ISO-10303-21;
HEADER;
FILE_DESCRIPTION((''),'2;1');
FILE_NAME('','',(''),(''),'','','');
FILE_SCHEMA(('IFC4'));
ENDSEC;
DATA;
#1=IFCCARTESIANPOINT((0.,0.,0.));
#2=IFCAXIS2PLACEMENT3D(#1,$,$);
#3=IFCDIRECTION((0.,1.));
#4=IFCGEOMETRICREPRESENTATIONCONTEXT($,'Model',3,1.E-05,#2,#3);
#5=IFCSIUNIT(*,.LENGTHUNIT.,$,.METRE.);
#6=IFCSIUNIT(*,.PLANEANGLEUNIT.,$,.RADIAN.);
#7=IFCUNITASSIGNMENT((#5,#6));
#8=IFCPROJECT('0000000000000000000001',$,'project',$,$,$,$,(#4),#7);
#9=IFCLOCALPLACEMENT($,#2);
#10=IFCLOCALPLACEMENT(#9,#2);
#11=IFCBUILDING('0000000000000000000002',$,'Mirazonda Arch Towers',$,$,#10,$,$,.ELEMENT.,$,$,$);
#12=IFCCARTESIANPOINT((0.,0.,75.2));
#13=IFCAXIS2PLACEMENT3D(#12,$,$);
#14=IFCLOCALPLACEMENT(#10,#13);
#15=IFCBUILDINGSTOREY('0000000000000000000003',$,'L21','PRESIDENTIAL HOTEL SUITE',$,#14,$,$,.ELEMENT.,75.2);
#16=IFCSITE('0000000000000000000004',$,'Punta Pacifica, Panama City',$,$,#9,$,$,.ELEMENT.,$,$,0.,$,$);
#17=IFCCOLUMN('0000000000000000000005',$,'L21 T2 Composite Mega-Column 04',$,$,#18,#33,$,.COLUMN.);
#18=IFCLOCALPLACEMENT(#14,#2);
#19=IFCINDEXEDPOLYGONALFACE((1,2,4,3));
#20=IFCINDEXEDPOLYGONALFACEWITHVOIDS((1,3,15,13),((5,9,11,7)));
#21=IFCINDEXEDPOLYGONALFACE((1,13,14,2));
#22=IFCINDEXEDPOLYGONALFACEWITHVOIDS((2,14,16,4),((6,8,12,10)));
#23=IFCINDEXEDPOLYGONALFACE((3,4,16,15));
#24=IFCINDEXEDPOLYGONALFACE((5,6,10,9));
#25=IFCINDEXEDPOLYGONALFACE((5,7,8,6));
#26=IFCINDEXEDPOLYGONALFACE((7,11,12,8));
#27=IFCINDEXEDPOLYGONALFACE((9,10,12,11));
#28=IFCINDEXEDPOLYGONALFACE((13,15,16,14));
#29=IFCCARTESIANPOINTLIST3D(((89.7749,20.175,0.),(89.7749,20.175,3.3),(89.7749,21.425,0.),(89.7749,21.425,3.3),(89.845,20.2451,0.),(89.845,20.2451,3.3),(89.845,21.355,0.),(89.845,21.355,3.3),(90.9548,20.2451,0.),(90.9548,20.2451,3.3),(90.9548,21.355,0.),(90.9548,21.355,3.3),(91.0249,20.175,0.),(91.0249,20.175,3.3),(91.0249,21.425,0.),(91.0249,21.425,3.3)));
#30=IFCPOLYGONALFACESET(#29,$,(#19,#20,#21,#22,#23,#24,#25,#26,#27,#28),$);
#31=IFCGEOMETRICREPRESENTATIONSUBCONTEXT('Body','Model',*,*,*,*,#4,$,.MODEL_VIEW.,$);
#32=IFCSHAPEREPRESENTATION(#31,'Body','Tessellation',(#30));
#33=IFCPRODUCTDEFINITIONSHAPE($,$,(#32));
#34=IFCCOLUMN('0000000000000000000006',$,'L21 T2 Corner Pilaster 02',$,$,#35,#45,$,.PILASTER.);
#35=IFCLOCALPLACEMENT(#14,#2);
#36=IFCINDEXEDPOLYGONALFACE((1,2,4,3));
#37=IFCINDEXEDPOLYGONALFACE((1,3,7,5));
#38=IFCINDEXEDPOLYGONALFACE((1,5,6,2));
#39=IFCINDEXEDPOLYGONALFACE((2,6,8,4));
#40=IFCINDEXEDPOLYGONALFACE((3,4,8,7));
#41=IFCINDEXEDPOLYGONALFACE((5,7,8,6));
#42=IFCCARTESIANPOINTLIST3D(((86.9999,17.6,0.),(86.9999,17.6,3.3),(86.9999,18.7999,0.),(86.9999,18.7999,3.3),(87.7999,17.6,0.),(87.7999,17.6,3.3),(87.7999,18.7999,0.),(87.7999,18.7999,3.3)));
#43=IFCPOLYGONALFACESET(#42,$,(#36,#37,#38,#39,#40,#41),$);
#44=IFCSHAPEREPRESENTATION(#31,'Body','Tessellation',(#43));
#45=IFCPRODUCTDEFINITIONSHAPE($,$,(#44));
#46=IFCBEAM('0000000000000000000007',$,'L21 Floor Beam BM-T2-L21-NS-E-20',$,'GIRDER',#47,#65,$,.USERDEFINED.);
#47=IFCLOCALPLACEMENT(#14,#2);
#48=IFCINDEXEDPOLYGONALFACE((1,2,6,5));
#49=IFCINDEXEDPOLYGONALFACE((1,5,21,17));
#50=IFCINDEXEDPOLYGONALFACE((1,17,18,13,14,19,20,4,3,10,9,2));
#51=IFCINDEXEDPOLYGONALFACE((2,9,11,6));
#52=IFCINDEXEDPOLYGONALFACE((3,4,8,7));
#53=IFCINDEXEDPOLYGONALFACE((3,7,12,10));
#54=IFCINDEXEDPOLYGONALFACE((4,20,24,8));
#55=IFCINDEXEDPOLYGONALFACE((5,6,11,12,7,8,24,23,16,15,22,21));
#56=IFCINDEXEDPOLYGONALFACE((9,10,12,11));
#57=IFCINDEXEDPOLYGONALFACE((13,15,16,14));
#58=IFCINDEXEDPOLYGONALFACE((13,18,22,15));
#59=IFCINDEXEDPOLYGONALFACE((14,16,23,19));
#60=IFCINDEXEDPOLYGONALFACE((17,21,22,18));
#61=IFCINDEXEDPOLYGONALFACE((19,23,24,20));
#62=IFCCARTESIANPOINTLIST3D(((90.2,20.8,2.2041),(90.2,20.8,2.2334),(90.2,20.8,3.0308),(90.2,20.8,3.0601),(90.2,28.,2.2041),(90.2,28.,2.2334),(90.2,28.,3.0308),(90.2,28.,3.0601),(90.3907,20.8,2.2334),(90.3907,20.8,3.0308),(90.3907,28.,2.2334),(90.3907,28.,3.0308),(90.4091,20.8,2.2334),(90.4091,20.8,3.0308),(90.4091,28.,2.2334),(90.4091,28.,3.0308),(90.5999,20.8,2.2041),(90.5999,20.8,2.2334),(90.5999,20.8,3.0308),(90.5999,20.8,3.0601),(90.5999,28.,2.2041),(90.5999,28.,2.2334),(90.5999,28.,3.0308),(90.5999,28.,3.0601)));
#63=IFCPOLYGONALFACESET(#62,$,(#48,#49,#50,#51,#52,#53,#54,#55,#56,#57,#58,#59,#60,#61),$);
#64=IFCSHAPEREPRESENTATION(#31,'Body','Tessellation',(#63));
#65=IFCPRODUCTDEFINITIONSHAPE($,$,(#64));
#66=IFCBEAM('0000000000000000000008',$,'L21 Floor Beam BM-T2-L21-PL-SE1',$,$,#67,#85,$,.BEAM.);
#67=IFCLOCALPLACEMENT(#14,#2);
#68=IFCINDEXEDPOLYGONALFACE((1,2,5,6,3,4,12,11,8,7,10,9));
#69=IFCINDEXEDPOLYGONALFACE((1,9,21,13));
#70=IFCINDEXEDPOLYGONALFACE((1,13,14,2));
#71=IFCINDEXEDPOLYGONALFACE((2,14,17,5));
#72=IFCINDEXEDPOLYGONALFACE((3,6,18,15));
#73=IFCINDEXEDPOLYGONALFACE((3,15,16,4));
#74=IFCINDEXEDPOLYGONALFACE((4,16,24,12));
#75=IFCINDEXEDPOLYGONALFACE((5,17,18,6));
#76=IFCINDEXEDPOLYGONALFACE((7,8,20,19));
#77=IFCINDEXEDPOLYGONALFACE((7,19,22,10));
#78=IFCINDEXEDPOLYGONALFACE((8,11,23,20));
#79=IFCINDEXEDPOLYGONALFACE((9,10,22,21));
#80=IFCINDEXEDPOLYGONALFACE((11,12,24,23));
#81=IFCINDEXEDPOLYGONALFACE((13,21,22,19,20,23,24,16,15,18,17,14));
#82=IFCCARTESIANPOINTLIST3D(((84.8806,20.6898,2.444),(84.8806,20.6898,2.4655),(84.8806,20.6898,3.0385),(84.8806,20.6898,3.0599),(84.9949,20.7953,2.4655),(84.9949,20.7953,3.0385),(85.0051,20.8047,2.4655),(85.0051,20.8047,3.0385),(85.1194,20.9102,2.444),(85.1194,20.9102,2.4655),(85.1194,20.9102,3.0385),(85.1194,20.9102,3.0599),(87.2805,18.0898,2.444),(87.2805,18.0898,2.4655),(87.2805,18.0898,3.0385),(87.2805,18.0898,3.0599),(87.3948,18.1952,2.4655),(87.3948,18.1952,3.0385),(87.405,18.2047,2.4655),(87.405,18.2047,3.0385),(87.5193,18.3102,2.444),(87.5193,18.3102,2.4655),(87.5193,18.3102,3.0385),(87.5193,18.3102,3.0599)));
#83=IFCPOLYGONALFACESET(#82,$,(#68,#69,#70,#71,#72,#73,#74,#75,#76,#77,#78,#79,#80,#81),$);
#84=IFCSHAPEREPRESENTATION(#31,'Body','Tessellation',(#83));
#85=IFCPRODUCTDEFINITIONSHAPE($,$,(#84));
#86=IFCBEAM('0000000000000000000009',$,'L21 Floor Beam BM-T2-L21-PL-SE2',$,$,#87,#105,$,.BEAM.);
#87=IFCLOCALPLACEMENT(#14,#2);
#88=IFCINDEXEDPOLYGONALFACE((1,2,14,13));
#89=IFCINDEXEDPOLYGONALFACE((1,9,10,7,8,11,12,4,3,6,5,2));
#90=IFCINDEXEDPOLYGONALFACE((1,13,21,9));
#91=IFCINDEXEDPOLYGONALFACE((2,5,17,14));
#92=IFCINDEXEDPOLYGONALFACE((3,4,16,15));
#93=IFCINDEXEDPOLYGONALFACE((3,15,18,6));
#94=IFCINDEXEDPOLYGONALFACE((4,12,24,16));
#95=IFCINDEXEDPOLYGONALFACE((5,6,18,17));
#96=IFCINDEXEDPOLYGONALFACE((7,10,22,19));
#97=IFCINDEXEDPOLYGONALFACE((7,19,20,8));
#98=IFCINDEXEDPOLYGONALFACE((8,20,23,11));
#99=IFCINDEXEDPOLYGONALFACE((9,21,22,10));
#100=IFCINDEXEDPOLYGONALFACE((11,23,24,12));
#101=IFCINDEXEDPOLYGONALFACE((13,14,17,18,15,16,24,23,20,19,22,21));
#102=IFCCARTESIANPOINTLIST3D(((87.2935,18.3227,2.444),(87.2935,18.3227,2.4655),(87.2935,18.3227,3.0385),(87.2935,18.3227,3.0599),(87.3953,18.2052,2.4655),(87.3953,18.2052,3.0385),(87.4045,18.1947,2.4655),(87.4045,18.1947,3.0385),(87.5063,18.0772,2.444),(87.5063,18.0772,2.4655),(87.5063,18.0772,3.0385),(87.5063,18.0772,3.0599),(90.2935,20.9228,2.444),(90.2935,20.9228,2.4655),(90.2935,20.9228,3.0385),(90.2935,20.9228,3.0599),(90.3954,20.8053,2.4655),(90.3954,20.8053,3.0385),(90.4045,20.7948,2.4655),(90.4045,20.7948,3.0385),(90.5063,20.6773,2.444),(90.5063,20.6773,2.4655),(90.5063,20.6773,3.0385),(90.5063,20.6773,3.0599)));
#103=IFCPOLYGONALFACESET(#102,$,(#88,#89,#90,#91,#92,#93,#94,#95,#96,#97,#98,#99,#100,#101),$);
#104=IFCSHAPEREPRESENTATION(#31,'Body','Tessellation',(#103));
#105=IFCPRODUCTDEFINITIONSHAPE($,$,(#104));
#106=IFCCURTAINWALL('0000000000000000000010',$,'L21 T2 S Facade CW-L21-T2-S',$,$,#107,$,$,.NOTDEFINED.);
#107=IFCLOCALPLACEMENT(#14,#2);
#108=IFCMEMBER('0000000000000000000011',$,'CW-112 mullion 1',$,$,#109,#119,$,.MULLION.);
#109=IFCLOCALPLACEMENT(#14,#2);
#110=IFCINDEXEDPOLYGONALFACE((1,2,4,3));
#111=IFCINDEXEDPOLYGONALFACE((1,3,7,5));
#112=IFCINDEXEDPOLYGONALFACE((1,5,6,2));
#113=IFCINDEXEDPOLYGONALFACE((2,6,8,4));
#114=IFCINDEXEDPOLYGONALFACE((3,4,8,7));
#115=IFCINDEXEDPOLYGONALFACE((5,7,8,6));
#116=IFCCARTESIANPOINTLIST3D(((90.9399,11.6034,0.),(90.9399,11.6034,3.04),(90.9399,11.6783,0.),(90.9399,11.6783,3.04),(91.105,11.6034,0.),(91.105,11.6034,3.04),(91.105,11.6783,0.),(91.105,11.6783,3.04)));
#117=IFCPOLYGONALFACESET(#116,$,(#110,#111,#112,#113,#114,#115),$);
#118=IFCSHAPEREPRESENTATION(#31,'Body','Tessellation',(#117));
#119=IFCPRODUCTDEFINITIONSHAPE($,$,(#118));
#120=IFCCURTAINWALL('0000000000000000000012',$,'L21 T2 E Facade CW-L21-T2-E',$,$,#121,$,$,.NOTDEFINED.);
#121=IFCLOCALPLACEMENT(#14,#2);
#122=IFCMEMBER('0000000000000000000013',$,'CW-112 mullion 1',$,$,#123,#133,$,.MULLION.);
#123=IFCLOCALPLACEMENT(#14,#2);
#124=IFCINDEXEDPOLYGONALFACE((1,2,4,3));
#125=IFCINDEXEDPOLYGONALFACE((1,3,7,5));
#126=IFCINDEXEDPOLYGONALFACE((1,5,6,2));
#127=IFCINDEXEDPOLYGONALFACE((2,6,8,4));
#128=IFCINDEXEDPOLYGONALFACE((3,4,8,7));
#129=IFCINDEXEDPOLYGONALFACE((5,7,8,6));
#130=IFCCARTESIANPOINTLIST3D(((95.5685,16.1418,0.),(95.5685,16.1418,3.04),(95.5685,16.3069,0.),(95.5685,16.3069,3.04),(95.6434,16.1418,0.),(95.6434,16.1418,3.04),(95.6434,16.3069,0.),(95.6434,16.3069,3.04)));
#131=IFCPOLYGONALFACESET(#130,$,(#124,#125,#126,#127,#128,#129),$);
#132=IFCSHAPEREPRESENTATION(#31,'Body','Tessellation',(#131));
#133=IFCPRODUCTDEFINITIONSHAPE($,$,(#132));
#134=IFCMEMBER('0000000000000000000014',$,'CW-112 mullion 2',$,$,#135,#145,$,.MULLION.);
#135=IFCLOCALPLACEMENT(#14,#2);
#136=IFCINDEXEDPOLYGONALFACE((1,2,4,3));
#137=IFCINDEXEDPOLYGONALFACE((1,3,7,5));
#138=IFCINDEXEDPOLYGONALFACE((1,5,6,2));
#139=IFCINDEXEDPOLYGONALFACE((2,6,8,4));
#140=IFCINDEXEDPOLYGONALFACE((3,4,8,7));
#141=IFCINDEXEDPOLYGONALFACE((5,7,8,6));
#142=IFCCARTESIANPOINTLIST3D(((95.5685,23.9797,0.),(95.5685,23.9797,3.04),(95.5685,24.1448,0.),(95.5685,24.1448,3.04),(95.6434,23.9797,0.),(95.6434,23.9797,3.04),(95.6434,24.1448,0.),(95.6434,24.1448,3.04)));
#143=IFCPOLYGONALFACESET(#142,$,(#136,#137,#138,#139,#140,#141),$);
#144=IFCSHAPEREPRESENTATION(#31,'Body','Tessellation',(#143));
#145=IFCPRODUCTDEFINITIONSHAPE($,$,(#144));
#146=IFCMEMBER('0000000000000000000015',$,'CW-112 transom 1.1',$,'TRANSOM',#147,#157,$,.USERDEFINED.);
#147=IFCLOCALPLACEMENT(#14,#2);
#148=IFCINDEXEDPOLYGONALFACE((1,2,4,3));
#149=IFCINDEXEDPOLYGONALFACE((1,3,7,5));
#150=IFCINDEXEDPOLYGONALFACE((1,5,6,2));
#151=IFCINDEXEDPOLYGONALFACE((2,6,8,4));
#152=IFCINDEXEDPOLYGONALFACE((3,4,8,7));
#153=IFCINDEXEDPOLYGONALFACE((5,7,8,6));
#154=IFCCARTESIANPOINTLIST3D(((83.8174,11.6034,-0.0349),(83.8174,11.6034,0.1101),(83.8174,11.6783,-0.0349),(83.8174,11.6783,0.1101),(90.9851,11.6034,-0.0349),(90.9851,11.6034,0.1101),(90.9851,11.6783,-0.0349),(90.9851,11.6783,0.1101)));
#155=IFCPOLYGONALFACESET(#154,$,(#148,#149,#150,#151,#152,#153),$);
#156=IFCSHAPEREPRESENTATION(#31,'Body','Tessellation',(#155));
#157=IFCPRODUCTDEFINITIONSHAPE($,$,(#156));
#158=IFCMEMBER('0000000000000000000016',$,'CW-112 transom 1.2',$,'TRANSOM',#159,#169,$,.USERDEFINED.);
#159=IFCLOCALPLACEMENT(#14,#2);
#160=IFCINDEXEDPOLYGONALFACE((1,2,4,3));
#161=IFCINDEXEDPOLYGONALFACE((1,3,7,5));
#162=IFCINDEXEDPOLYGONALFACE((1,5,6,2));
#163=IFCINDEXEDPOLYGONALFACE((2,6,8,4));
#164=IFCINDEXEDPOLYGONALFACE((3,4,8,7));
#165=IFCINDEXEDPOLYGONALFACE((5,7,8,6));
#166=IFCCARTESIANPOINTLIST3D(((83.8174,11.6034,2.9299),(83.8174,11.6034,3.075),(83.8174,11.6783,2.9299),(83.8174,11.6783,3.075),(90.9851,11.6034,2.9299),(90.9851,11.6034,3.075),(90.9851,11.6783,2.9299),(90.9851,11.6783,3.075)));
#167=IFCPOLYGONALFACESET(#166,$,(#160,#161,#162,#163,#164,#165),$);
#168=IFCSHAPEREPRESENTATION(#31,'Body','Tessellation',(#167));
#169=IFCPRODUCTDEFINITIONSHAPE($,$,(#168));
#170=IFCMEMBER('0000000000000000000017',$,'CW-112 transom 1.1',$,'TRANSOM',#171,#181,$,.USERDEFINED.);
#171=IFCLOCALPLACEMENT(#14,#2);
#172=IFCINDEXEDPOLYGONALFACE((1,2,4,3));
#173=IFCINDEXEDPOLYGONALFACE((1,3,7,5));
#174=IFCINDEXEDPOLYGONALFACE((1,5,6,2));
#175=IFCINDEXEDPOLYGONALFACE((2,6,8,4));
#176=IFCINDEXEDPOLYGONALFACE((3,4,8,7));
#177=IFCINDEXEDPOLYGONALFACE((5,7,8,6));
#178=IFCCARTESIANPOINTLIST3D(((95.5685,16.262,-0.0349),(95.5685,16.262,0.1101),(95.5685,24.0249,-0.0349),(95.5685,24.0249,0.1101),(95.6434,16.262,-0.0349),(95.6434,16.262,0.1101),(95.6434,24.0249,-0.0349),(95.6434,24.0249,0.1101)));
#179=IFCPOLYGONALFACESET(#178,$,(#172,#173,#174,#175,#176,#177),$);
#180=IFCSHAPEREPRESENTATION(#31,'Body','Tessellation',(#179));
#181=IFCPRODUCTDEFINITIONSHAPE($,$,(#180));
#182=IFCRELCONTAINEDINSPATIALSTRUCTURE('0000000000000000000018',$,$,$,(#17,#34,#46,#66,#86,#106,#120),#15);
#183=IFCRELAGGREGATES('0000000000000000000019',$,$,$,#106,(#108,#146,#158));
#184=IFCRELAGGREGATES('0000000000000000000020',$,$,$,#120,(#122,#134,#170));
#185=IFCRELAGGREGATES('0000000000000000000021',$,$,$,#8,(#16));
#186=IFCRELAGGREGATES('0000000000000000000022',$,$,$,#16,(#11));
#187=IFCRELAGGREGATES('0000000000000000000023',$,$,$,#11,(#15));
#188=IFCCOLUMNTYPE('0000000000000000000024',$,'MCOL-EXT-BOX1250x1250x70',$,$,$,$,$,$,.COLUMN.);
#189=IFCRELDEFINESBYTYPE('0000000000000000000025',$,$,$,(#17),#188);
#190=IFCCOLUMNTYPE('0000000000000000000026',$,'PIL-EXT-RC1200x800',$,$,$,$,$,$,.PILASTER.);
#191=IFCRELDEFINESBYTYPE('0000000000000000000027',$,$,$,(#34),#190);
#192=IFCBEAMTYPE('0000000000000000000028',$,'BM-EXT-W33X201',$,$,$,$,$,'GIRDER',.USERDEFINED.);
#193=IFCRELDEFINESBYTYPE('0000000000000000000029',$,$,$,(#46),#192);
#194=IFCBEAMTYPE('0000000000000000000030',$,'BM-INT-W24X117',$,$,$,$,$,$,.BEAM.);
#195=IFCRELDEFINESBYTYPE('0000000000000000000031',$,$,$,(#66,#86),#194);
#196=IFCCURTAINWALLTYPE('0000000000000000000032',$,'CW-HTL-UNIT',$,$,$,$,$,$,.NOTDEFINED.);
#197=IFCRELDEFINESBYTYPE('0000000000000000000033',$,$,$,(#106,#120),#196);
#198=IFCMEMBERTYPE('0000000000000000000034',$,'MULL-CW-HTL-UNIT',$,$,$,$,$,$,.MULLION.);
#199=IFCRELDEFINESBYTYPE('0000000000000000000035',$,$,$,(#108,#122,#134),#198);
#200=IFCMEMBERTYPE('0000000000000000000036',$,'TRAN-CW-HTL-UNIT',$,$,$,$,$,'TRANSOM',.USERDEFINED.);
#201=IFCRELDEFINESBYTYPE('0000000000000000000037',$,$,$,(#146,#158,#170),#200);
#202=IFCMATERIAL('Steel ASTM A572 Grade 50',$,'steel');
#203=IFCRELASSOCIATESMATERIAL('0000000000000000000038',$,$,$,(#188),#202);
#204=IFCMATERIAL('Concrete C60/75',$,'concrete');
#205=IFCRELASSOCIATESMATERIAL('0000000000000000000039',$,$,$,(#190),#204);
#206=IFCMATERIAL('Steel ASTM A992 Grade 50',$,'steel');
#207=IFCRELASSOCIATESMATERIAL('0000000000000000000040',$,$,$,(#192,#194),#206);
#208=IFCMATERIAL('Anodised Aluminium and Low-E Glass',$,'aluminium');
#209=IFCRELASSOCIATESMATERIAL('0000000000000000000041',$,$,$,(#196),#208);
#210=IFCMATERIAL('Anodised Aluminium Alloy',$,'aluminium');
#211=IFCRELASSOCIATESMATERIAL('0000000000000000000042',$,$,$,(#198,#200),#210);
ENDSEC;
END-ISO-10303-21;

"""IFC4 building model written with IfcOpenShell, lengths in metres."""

from ifc_helpers import new_model, si_unit, direction, frame, origin, origin_2d, place, context, subcontext, project, spatial, rectangle, hollow_rectangle, i_section, extrude, material, material_profile, profile_set, type_object, element, aggregate, save


model = new_model("IFC4")

# Units and contexts
model_context = context("Model", 3, precision=1e-05, world=origin(), true_north=direction((0.0, 1.0)))
body_context = subcontext(model_context, "Body", "Model", "MODEL_VIEW")
ifc_project = project(units=[si_unit("LENGTHUNIT", "METRE"), si_unit("PLANEANGLEUNIT", "RADIAN")], contexts=[model_context])

# Site, building, storey
site_placement = place(None, origin())
site = spatial("IfcSite", under=ifc_project, at=site_placement, Name="Punta Pacifica, Panama City", CompositionType="ELEMENT", RefElevation=0.0)
building_placement = place(site_placement, origin())
building = spatial("IfcBuilding", under=site, at=building_placement, Name="Mirazonda Arch Towers", CompositionType="ELEMENT")
storey_placement = place(building_placement, frame((0.0, 0.0, 75.2)))
storey = spatial("IfcBuildingStorey", under=building, at=storey_placement, Name="L21", Description="PRESIDENTIAL HOTEL SUITE", CompositionType="ELEMENT", Elevation=75.2)

# Columns
ifc_material_1 = material(Name="Steel ASTM A572 Grade 50", Category="steel")
ifc_material_profile_1 = material_profile(ifc_material_1, hollow_rectangle(XDim=1.25, YDim=1.25, WallThickness=0.0701, at=origin_2d()), Name="BOX1250x1250x70")
ifc_profile_set_1 = profile_set([ifc_material_profile_1], Name="Steel ASTM A572 Grade 50")
column_type_1 = type_object("IfcColumnType", Name="MCOL-EXT-BOX1250x1250x70", PredefinedType="COLUMN", material=ifc_profile_set_1)
column_1_placement = place(storey_placement, frame((90.3999, 20.8, 0.0), z_axis=(0.0, 0.0, 1.0), x_axis=(1.0, 0.0, 0.0)))
element("IfcColumn", 1, at=column_1_placement, inside=storey, type_object=column_type_1, Name="L21 T2 Composite Mega-Column 04", PredefinedType="COLUMN", context=body_context, shape_type="SweptSolid", body=[
    extrude(hollow_rectangle(XDim=1.25, YDim=1.25, WallThickness=0.0701, at=origin_2d()), origin(), (0.0, 0.0, 1.0), 3.3),
])
ifc_material_2 = material(Name="Concrete C60/75", Category="concrete")
ifc_material_profile_2 = material_profile(ifc_material_2, rectangle(XDim=0.8, YDim=1.2, at=origin_2d()), Name="RC1200x800")
ifc_profile_set_2 = profile_set([ifc_material_profile_2], Name="Concrete C60/75")
column_type_2 = type_object("IfcColumnType", Name="PIL-EXT-RC1200x800", PredefinedType="PILASTER", material=ifc_profile_set_2)
column_2_placement = place(storey_placement, frame((87.3999, 18.2, 0.0), z_axis=(0.0, 0.0, 1.0), x_axis=(1.0, 0.0, 0.0)))
element("IfcColumn", 2, at=column_2_placement, inside=storey, type_object=column_type_2, Name="L21 T2 Corner Pilaster 02", PredefinedType="PILASTER", context=body_context, shape_type="SweptSolid", body=[
    extrude(rectangle(XDim=0.8, YDim=1.2, at=origin_2d()), origin(), (0.0, 0.0, 1.0), 3.3),
])

# Beams
ifc_material_3 = material(Name="Steel ASTM A992 Grade 50", Category="steel")
ifc_material_profile_3 = material_profile(ifc_material_3, i_section(OverallWidth=0.3999, OverallDepth=0.856, WebThickness=0.0183, FlangeThickness=0.0293, at=origin_2d()), Name="W33X201")
ifc_profile_set_3 = profile_set([ifc_material_profile_3], Name="Steel ASTM A992 Grade 50")
beam_type_1 = type_object("IfcBeamType", Name="BM-EXT-W33X201", ElementType="GIRDER", PredefinedType="USERDEFINED", material=ifc_profile_set_3)
beam_1_placement = place(storey_placement, frame((90.3999, 20.8, 2.6321), z_axis=(0.0, 1.0, 0.0), x_axis=(-1.0, 0.0, 0.0)))
element("IfcBeam", 3, at=beam_1_placement, inside=storey, type_object=beam_type_1, Name="L21 Floor Beam BM-T2-L21-NS-E-20", ObjectType="GIRDER", PredefinedType="USERDEFINED", context=body_context, shape_type="SweptSolid", body=[
    extrude(i_section(OverallWidth=0.3999, OverallDepth=0.856, WebThickness=0.0183, FlangeThickness=0.0293, at=origin_2d()), origin(), (0.0, 0.0, 1.0), 7.2),
])
ifc_material_profile_4 = material_profile(ifc_material_3, i_section(OverallWidth=0.325, OverallDepth=0.616, WebThickness=0.0139, FlangeThickness=0.0215, at=origin_2d()), Name="W24X117")
ifc_profile_set_4 = profile_set([ifc_material_profile_4], Name="Steel ASTM A992 Grade 50")
beam_type_2 = type_object("IfcBeamType", Name="BM-INT-W24X117", PredefinedType="BEAM", material=ifc_profile_set_4)
beam_2_placement = place(storey_placement, frame((87.3999, 18.2, 2.752), z_axis=(-0.678251, 0.73483, 0.0), x_axis=(-0.73483, -0.678251, 0.0)))
element("IfcBeam", 4, at=beam_2_placement, inside=storey, type_object=beam_type_2, Name="L21 Floor Beam BM-T2-L21-PL-SE1", PredefinedType="BEAM", context=body_context, shape_type="SweptSolid", body=[
    extrude(i_section(OverallWidth=0.325, OverallDepth=0.616, WebThickness=0.0139, FlangeThickness=0.0215, at=origin_2d()), origin(), (0.0, 0.0, 1.0), 3.5383),
])
beam_3_placement = place(storey_placement, frame((87.3999, 18.2, 2.752), z_axis=(0.755677, 0.654945, 0.0), x_axis=(-0.654945, 0.755677, 0.0)))
element("IfcBeam", 5, at=beam_3_placement, inside=storey, type_object=beam_type_2, Name="L21 Floor Beam BM-T2-L21-PL-SE2", PredefinedType="BEAM", context=body_context, shape_type="SweptSolid", body=[
    extrude(i_section(OverallWidth=0.325, OverallDepth=0.616, WebThickness=0.0139, FlangeThickness=0.0215, at=origin_2d()), origin(), (0.0, 0.0, 1.0), 3.97),
])

# Curtain wall, member
ifc_material_4 = material(Name="Anodised Aluminium and Low-E Glass", Category="aluminium")
curtain_wall_type = type_object("IfcCurtainWallType", Name="CW-HTL-UNIT", PredefinedType="NOTDEFINED", material=ifc_material_4)
curtain_wall_1_placement = place(storey_placement, origin())
curtain_wall_1 = element("IfcCurtainWall", 6, at=curtain_wall_1_placement, inside=storey, type_object=curtain_wall_type, Name="L21 T2 S Facade CW-L21-T2-S", PredefinedType="NOTDEFINED")
ifc_material_5 = material(Name="Anodised Aluminium Alloy", Category="aluminium")
ifc_material_profile_5 = material_profile(ifc_material_5, rectangle(XDim=0.075, YDim=0.165, at=origin_2d()), Name="ALU-MULL-75x165")
ifc_profile_set_5 = profile_set([ifc_material_profile_5], Name="Anodised Aluminium Alloy")
member_type_1 = type_object("IfcMemberType", Name="MULL-CW-HTL-UNIT", PredefinedType="MULLION", material=ifc_profile_set_5)
member_1_placement = place(storey_placement, frame((91.0225, 11.6409, 0.0), z_axis=(0.0, 0.0, 1.0), x_axis=(0.0, -1.0, 0.0)))
member_1 = element("IfcMember", 7, at=member_1_placement, type_object=member_type_1, Name="CW-112 mullion 1", PredefinedType="MULLION", context=body_context, shape_type="SweptSolid", body=[
    extrude(rectangle(XDim=0.075, YDim=0.165, at=origin_2d()), origin(), (0.0, 0.0, 1.0), 3.04),
])

# Curtain wall, members
curtain_wall_2_placement = place(storey_placement, origin())
curtain_wall_2 = element("IfcCurtainWall", 8, at=curtain_wall_2_placement, inside=storey, type_object=curtain_wall_type, Name="L21 T2 E Facade CW-L21-T2-E", PredefinedType="NOTDEFINED")
member_2_placement = place(storey_placement, frame((95.606, 16.2244, 0.0), z_axis=(0.0, 0.0, 1.0), x_axis=(-1.0, 0.0, 0.0)))
member_2 = element("IfcMember", 9, at=member_2_placement, type_object=member_type_1, Name="CW-112 mullion 1", PredefinedType="MULLION", context=body_context, shape_type="SweptSolid", body=[
    extrude(rectangle(XDim=0.075, YDim=0.165, at=origin_2d()), origin(), (0.0, 0.0, 1.0), 3.04),
])
member_3_placement = place(storey_placement, frame((95.606, 24.0623, 0.0), z_axis=(0.0, 0.0, 1.0), x_axis=(-1.0, 0.0, 0.0)))
member_3 = element("IfcMember", 10, at=member_3_placement, type_object=member_type_1, Name="CW-112 mullion 2", PredefinedType="MULLION", context=body_context, shape_type="SweptSolid", body=[
    extrude(rectangle(XDim=0.075, YDim=0.165, at=origin_2d()), origin(), (0.0, 0.0, 1.0), 3.04),
])

# Members
ifc_material_profile_6 = material_profile(ifc_material_5, rectangle(XDim=0.075, YDim=0.145, at=origin_2d()), Name="ALU-TRAN-75x145")
ifc_profile_set_6 = profile_set([ifc_material_profile_6], Name="Anodised Aluminium Alloy")
member_type_2 = type_object("IfcMemberType", Name="TRAN-CW-HTL-UNIT", ElementType="TRANSOM", PredefinedType="USERDEFINED", material=ifc_profile_set_6)
member_4_placement = place(storey_placement, frame((90.9851, 11.6409, 0.0376), z_axis=(-1.0, 0.0, 0.0), x_axis=(0.0, -1.0, 0.0)))
member_4 = element("IfcMember", 11, at=member_4_placement, type_object=member_type_2, Name="CW-112 transom 1.1", ObjectType="TRANSOM", PredefinedType="USERDEFINED", context=body_context, shape_type="SweptSolid", body=[
    extrude(rectangle(XDim=0.075, YDim=0.145, at=origin_2d()), origin(), (0.0, 0.0, 1.0), 7.1677),
])
member_5_placement = place(storey_placement, frame((90.9851, 11.6409, 3.0024), z_axis=(-1.0, 0.0, 0.0), x_axis=(0.0, -1.0, 0.0)))
member_5 = element("IfcMember", 12, at=member_5_placement, type_object=member_type_2, Name="CW-112 transom 1.2", ObjectType="TRANSOM", PredefinedType="USERDEFINED", context=body_context, shape_type="SweptSolid", body=[
    extrude(rectangle(XDim=0.075, YDim=0.145, at=origin_2d()), origin(), (0.0, 0.0, 1.0), 7.1677),
])
member_6_placement = place(storey_placement, frame((95.606, 16.262, 0.0376), z_axis=(0.0, 1.0, 0.0), x_axis=(-1.0, 0.0, 0.0)))
member_6 = element("IfcMember", 13, at=member_6_placement, type_object=member_type_2, Name="CW-112 transom 1.1", ObjectType="TRANSOM", PredefinedType="USERDEFINED", context=body_context, shape_type="SweptSolid", body=[
    extrude(rectangle(XDim=0.075, YDim=0.145, at=origin_2d()), origin(), (0.0, 0.0, 1.0), 7.7629),
])

aggregate(curtain_wall_1, [member_1, member_4, member_5])
aggregate(curtain_wall_2, [member_2, member_3, member_6])

save(model, "model.ifc")
